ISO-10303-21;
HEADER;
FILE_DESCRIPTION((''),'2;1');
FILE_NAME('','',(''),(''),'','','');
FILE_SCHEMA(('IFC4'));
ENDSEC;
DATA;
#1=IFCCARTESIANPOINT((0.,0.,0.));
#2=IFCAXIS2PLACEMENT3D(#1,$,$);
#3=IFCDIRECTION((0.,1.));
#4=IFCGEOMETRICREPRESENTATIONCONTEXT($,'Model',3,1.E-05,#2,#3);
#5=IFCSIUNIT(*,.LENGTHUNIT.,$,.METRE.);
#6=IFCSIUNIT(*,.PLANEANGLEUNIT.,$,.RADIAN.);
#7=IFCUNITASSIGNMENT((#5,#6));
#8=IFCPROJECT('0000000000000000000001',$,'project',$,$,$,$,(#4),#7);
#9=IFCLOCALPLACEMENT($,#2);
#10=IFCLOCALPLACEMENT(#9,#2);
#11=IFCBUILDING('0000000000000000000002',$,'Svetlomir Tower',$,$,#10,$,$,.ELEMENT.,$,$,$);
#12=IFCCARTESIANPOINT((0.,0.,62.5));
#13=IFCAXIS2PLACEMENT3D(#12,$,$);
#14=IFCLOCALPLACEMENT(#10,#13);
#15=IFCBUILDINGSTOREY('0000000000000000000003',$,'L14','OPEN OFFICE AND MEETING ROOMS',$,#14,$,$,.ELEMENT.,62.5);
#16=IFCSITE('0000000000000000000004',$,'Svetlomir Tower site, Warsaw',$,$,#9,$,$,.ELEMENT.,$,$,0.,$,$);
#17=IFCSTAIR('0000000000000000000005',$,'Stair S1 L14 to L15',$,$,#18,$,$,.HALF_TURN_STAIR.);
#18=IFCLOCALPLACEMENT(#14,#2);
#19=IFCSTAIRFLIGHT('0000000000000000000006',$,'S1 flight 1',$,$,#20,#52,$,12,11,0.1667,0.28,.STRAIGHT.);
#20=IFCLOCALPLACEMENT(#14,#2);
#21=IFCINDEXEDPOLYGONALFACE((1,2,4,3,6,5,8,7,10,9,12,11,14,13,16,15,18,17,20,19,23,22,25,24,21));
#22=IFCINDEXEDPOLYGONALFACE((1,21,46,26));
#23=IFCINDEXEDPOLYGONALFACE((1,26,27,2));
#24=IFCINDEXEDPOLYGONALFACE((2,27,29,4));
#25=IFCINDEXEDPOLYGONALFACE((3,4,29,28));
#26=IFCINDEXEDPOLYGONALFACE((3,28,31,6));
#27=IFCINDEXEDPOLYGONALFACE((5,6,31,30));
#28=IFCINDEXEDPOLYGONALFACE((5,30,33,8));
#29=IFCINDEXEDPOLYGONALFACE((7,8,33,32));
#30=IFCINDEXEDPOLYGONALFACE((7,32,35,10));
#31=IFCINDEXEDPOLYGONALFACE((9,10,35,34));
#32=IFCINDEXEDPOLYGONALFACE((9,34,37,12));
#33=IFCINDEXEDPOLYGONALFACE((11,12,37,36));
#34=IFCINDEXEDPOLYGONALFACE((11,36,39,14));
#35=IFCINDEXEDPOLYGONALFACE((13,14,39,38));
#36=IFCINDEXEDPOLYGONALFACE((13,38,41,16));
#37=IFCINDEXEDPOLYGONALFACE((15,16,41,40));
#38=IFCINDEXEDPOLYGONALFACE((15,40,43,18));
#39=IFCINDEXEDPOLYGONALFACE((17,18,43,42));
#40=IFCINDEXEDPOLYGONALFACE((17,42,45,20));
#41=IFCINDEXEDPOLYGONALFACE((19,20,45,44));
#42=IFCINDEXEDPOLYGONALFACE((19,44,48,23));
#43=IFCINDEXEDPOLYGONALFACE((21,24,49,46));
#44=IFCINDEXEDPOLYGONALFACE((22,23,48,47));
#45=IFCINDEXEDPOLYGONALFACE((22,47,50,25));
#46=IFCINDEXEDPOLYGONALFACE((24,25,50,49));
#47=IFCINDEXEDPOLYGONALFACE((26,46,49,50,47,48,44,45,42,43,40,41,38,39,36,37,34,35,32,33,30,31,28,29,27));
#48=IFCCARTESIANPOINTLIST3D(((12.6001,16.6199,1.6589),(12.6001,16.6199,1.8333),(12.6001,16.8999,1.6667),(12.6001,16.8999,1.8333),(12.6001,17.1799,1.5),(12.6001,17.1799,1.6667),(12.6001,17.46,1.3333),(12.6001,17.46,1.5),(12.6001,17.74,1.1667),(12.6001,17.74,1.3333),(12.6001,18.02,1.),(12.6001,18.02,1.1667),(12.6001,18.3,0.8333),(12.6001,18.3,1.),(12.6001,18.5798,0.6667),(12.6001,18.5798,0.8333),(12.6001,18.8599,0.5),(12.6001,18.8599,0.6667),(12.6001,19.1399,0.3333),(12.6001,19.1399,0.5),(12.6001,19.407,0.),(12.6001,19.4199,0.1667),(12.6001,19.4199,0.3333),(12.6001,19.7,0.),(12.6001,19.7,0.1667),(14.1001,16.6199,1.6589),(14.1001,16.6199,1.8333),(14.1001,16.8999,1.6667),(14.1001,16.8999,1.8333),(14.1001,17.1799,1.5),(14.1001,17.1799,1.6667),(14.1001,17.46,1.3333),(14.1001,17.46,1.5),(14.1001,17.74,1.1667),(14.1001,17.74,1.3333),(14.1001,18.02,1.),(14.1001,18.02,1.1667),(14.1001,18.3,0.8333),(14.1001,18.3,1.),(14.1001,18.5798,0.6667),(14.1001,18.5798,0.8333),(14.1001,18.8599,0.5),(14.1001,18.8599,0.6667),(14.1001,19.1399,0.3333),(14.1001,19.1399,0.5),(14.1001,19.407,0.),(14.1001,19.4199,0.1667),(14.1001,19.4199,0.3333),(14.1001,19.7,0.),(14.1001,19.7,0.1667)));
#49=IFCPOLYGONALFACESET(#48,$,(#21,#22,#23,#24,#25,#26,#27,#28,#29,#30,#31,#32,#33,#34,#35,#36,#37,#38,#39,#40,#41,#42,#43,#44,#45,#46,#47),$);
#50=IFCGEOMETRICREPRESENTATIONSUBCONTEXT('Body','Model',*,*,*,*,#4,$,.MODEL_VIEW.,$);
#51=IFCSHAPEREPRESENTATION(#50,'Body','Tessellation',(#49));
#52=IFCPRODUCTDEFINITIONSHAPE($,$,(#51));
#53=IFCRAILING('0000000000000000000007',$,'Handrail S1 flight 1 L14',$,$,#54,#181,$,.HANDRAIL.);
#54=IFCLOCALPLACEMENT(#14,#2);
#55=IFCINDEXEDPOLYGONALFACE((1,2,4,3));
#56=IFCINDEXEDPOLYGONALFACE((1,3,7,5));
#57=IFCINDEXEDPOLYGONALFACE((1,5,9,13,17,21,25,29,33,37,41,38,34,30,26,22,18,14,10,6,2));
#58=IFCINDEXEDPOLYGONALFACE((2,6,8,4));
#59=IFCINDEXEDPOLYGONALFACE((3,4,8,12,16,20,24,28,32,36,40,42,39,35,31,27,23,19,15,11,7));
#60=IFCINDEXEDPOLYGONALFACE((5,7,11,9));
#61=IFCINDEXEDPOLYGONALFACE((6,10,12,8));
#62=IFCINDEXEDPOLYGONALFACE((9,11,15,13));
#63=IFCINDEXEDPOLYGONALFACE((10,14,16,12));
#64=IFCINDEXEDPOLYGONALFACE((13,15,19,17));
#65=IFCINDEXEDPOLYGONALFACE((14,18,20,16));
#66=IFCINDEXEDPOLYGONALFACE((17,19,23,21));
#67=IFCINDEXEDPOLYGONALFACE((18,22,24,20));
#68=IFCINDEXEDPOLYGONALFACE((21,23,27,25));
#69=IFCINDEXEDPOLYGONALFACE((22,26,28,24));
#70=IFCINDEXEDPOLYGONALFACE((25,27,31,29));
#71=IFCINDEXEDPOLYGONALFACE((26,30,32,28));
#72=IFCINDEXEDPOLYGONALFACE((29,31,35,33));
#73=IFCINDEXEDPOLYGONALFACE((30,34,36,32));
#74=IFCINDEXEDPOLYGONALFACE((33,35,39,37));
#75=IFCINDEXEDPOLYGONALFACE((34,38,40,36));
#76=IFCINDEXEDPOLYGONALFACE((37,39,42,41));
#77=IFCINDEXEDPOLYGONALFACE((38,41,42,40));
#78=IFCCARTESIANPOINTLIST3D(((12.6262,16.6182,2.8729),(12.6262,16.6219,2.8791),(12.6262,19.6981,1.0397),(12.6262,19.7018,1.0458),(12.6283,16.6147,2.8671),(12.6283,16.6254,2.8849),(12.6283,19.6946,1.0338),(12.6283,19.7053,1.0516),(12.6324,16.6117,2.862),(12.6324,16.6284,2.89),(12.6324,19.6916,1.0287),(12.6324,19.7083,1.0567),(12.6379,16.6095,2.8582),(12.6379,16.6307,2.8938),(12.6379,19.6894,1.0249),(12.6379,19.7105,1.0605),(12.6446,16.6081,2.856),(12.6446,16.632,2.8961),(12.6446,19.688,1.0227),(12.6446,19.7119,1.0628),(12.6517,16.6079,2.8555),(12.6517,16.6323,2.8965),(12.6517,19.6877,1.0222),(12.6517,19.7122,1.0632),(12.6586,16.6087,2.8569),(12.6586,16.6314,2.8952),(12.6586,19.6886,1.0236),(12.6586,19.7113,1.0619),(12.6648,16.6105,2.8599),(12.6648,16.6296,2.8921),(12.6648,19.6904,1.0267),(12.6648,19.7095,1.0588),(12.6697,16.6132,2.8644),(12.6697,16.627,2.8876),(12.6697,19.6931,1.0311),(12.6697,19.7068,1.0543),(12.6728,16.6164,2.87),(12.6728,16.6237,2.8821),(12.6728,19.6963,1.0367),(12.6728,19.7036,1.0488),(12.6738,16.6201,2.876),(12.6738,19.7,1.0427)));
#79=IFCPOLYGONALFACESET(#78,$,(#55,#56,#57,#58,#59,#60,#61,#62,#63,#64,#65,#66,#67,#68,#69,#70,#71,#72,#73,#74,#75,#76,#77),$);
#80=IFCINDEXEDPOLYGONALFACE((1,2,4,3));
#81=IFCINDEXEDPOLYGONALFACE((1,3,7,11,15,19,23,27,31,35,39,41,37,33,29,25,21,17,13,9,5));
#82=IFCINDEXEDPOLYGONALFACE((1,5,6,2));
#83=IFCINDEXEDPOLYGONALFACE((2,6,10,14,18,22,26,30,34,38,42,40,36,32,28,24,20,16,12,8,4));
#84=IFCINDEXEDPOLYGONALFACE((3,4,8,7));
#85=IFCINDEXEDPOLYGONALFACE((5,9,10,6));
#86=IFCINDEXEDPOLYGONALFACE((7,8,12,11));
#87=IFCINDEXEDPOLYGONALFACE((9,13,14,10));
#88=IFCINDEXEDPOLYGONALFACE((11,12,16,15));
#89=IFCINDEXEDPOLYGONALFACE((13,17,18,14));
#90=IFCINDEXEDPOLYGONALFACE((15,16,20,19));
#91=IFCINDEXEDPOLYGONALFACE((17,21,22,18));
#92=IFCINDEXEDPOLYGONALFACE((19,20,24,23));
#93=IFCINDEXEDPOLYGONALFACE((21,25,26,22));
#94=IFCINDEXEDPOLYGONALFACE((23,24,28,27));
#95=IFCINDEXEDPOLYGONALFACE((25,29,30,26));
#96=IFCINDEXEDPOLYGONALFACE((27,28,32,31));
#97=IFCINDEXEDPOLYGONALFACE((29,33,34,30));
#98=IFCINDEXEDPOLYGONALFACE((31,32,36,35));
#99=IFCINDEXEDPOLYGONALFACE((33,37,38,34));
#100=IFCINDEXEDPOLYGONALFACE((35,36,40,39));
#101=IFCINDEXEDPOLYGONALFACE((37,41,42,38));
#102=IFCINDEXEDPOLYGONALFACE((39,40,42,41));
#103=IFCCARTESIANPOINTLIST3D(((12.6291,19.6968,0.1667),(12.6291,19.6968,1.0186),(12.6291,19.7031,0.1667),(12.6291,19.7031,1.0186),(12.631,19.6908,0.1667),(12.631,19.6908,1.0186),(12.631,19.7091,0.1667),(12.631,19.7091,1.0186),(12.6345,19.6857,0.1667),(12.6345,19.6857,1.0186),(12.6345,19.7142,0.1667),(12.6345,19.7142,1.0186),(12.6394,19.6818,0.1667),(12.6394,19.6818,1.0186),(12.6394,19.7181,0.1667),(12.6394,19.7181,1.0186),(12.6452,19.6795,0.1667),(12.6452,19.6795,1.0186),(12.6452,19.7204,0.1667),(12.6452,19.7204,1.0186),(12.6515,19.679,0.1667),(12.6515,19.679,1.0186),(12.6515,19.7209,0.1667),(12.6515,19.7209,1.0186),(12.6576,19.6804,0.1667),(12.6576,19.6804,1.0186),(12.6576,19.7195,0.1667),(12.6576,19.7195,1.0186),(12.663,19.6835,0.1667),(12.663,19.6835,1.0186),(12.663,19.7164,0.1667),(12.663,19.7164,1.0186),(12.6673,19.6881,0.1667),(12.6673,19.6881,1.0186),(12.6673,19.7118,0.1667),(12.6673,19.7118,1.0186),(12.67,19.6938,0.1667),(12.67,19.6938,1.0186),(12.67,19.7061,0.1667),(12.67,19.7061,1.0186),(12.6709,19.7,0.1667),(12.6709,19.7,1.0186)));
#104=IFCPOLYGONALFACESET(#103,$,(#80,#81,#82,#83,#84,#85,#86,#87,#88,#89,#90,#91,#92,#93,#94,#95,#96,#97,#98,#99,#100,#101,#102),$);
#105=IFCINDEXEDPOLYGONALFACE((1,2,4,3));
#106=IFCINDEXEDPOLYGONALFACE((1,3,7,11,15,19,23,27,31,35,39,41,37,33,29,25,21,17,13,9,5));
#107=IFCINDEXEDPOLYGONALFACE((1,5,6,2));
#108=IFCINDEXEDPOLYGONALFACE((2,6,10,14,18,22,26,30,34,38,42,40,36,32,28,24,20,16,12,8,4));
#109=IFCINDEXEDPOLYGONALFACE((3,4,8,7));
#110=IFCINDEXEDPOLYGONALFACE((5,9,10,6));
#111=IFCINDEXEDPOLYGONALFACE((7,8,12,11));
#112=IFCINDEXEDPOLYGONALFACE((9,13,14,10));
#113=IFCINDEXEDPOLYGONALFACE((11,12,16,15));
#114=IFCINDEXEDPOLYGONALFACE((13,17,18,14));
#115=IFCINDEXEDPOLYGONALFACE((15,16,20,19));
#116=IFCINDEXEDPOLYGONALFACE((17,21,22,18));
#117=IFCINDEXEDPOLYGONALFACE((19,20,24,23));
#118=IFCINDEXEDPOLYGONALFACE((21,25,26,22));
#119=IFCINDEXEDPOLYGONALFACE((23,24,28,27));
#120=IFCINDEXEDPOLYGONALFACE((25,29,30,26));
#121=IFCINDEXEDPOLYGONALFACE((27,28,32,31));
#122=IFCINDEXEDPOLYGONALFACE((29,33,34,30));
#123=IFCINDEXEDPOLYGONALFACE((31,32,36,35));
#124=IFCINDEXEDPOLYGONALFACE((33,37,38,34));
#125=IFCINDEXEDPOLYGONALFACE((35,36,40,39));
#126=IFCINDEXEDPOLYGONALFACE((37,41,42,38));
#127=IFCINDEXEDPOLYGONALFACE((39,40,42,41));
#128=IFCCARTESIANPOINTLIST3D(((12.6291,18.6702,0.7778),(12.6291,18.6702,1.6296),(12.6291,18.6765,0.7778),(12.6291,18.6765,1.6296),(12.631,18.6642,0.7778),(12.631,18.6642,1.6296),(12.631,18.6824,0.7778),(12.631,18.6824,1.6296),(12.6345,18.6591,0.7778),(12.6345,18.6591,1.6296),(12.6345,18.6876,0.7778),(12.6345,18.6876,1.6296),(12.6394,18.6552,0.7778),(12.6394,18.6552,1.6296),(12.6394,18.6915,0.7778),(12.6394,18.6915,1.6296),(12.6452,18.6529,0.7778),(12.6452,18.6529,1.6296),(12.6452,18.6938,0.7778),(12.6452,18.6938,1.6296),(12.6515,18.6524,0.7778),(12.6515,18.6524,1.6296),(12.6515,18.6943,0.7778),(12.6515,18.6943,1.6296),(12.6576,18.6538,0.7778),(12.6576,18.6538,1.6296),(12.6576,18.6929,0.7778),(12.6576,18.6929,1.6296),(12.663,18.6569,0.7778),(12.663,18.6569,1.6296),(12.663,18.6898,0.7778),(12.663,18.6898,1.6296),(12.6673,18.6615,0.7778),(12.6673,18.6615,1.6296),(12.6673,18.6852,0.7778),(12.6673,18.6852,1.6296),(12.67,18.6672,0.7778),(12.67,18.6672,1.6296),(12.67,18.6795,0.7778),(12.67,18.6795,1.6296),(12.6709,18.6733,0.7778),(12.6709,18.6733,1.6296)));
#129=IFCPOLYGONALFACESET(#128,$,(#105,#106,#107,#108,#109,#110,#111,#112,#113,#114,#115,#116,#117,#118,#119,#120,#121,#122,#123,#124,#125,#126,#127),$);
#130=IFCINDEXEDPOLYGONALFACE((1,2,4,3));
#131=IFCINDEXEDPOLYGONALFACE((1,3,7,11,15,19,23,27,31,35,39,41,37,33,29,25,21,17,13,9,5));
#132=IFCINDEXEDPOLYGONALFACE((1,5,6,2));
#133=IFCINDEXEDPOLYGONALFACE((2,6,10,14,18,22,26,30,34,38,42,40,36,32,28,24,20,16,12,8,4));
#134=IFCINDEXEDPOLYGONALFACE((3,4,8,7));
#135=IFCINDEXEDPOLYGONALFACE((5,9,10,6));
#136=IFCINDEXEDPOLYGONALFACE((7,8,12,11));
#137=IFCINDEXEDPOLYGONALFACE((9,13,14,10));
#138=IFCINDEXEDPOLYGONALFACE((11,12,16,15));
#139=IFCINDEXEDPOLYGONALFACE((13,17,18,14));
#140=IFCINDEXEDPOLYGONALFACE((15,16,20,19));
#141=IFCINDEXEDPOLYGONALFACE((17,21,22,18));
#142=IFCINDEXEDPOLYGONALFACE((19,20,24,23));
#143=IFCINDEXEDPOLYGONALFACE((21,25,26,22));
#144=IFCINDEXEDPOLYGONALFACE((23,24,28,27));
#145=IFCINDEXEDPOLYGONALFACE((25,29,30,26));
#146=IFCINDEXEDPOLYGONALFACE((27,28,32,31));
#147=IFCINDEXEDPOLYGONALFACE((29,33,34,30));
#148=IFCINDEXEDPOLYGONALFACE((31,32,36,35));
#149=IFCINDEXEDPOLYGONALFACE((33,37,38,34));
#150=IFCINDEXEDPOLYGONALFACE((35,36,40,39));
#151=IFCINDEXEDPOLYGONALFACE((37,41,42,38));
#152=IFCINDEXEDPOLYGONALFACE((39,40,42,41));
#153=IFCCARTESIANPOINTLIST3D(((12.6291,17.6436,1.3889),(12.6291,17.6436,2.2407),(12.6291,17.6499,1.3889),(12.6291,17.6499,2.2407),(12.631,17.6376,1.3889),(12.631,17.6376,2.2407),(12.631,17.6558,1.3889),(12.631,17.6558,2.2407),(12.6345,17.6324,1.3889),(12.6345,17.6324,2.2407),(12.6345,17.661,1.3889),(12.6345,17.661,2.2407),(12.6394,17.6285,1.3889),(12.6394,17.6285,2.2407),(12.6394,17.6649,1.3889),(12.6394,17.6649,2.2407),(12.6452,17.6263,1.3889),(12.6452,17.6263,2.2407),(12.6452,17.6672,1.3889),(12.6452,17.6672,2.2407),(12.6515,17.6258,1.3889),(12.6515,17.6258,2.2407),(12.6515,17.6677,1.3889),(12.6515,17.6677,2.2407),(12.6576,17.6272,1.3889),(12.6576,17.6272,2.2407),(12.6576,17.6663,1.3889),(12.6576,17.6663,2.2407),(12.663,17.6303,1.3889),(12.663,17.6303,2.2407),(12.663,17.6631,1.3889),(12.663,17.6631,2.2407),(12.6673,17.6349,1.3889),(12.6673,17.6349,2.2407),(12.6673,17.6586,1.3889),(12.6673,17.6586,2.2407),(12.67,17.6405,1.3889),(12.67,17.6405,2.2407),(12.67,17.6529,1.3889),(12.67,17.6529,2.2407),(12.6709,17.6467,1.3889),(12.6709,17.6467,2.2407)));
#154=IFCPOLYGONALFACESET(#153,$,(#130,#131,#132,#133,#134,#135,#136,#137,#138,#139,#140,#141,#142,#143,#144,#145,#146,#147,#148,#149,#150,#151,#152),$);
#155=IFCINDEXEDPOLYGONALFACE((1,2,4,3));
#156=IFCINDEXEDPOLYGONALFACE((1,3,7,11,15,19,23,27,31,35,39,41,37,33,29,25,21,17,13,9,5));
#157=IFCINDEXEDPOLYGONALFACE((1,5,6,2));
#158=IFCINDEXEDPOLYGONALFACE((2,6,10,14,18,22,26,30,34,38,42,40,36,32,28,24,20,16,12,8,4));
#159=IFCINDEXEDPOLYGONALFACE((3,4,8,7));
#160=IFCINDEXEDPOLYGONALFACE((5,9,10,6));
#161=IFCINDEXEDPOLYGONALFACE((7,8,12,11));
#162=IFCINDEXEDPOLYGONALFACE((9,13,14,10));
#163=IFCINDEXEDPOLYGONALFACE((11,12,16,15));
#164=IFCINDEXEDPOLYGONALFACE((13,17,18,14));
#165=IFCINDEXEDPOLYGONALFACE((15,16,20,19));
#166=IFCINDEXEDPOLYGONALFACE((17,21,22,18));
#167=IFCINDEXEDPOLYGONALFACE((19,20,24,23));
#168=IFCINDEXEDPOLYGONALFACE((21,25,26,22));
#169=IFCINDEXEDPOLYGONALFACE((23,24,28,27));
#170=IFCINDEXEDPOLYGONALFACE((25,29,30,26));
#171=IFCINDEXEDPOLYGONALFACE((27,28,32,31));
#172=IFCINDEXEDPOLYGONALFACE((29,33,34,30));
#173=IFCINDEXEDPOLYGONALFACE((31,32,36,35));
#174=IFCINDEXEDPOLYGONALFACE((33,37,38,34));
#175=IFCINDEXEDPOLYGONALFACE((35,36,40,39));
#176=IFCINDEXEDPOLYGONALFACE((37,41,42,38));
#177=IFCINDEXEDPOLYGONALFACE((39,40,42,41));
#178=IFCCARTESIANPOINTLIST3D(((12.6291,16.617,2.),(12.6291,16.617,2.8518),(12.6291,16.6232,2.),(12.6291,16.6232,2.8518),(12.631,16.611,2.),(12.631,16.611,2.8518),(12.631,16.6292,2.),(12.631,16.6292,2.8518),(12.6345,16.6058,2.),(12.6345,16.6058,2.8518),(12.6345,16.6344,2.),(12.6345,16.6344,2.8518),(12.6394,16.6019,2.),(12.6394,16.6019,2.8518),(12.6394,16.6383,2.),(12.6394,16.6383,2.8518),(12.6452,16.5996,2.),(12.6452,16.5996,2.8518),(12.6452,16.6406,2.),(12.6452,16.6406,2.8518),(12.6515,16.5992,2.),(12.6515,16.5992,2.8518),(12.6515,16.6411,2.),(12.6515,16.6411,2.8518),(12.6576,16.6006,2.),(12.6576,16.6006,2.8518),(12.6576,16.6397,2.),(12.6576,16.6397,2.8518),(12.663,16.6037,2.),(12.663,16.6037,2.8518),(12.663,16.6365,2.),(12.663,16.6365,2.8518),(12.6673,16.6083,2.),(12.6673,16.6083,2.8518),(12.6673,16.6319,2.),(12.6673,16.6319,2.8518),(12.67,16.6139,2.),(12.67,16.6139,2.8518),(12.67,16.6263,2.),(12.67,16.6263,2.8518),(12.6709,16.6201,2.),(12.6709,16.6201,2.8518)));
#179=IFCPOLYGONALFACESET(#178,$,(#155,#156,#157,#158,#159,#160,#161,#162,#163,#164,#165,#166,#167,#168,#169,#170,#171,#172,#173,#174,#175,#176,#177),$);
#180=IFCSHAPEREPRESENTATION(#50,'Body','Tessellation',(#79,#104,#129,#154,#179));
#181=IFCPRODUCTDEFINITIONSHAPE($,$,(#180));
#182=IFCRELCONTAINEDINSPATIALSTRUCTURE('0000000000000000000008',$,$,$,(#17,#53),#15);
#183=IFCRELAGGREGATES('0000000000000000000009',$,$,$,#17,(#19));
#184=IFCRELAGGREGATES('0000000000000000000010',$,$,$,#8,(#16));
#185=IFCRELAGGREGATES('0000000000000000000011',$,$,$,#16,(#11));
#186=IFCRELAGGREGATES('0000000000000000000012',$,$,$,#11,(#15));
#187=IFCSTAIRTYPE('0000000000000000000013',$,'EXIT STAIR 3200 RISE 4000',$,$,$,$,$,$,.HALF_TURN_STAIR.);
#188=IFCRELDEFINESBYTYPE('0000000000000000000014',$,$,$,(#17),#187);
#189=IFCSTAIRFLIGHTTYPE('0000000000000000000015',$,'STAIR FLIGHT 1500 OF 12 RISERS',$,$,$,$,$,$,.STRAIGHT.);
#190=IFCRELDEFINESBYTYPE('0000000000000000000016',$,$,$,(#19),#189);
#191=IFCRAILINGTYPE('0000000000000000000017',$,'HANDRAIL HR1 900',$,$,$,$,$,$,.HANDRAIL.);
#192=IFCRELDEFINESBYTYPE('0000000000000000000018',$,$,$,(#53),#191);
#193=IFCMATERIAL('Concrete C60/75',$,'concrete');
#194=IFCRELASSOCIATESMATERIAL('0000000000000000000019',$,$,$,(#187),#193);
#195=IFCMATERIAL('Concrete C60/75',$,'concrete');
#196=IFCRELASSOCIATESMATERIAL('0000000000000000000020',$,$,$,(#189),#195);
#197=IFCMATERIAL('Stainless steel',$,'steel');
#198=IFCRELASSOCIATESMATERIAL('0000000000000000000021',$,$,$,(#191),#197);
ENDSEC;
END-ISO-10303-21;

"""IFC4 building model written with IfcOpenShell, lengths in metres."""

from ifc_helpers import new_model, si_unit, direction, frame, origin, origin_2d, place, context, subcontext, project, spatial, polyline, circle, outline, extrude, material, type_object, element, aggregate, save


model = new_model("IFC4")

# Units and contexts
model_context = context("Model", 3, precision=1e-05, world=origin(), true_north=direction((0.0, 1.0)))
body_context = subcontext(model_context, "Body", "Model", "MODEL_VIEW")
ifc_project = project(units=[si_unit("LENGTHUNIT", "METRE"), si_unit("PLANEANGLEUNIT", "RADIAN")], contexts=[model_context])

# Site, building, storey
site_placement = place(None, origin())
site = spatial("IfcSite", under=ifc_project, at=site_placement, Name="Svetlomir Tower site, Warsaw", CompositionType="ELEMENT", RefElevation=0.0)
building_placement = place(site_placement, origin())
building = spatial("IfcBuilding", under=site, at=building_placement, Name="Svetlomir Tower", CompositionType="ELEMENT")
storey_placement = place(building_placement, frame((0.0, 0.0, 62.5)))
storey = spatial("IfcBuildingStorey", under=building, at=storey_placement, Name="L14", Description="OPEN OFFICE AND MEETING ROOMS", CompositionType="ELEMENT", Elevation=62.5)

# Stair, stair flight
ifc_material_1 = material(Name="Concrete C60/75", Category="concrete")
stair_type = type_object("IfcStairType", Name="EXIT STAIR 3200 RISE 4000", PredefinedType="HALF_TURN_STAIR", material=ifc_material_1)
stair_placement = place(storey_placement, origin())
stair = element("IfcStair", 1, at=stair_placement, inside=storey, type_object=stair_type, Name="Stair S1 L14 to L15", PredefinedType="HALF_TURN_STAIR")
ifc_material_2 = material(Name="Concrete C60/75", Category="concrete")
stair_flight_type = type_object("IfcStairFlightType", Name="STAIR FLIGHT 1500 OF 12 RISERS", PredefinedType="STRAIGHT", material=ifc_material_2)
stair_flight_placement = place(storey_placement, frame((13.3501, 19.7, 0.0), z_axis=(0.0, 0.0, 1.0), x_axis=(0.0, -1.0, 0.0)))
stair_flight = element("IfcStairFlight", 2, at=stair_flight_placement, type_object=stair_flight_type, Name="S1 flight 1", NumberOfRisers=12, NumberOfTreads=11, PredefinedType="STRAIGHT", RiserHeight=0.1667, TreadLength=0.28, context=body_context, shape_type="SweptSolid", body=[
    extrude(outline(polyline([(0.0, 0.0), (0.0, 0.1667), (0.28, 0.1667), (0.28, 0.3333), (0.5601, 0.3333), (0.5601, 0.5), (0.8401, 0.5), (0.8401, 0.6667), (1.1201, 0.6667), (1.1201, 0.8333), (1.3999, 0.8333), (1.3999, 1.0), (1.6799, 1.0), (1.6799, 1.1667), (1.96, 1.1667), (1.96, 1.3333), (2.24, 1.3333), (2.24, 1.5), (2.52, 1.5), (2.52, 1.6667), (2.8, 1.6667), (2.8, 1.8333), (3.0801, 1.8333), (3.0801, 2.0), (3.0801, 1.6589), (0.293, 0.0), (0.0, 0.0)])), frame((0.0, 0.75, 0.0), z_axis=(0.0, -1.0, 0.0), x_axis=(1.0, 0.0, 0.0)), (0.0, 0.0, 1.0), 1.5),
])
aggregate(stair, [stair_flight])

# Railing
ifc_material_3 = material(Name="Stainless steel", Category="steel")
railing_type = type_object("IfcRailingType", Name="HANDRAIL HR1 900", PredefinedType="HANDRAIL", material=ifc_material_3)
railing_placement = place(storey_placement, frame((12.6499, 19.7, 0.1667)))
element("IfcRailing", 3, at=railing_placement, inside=storey, type_object=railing_type, Name="Handrail S1 flight 1 L14", PredefinedType="HANDRAIL", context=body_context, shape_type="SweptSolid", body=[
    extrude(circle(Radius=0.0239, at=origin_2d()), frame((0.0, 0.0, 0.876), z_axis=(0.0, -0.859291, 0.511487), x_axis=(1.0, 0.0, 0.0)), (0.0, 0.0, 1.0), 3.5842),
    extrude(circle(Radius=0.021, at=origin_2d()), origin(), (0.0, 0.0, 1.0), 0.8518),
    extrude(circle(Radius=0.021, at=origin_2d()), frame((0.0, -1.0266, 0.6111)), (0.0, 0.0, 1.0), 0.8518),
    extrude(circle(Radius=0.021, at=origin_2d()), frame((0.0, -2.0532, 1.2222)), (0.0, 0.0, 1.0), 0.8518),
    extrude(circle(Radius=0.021, at=origin_2d()), frame((0.0, -3.0798, 1.8333)), (0.0, 0.0, 1.0), 0.8518),
])

save(model, "model.ifc")
